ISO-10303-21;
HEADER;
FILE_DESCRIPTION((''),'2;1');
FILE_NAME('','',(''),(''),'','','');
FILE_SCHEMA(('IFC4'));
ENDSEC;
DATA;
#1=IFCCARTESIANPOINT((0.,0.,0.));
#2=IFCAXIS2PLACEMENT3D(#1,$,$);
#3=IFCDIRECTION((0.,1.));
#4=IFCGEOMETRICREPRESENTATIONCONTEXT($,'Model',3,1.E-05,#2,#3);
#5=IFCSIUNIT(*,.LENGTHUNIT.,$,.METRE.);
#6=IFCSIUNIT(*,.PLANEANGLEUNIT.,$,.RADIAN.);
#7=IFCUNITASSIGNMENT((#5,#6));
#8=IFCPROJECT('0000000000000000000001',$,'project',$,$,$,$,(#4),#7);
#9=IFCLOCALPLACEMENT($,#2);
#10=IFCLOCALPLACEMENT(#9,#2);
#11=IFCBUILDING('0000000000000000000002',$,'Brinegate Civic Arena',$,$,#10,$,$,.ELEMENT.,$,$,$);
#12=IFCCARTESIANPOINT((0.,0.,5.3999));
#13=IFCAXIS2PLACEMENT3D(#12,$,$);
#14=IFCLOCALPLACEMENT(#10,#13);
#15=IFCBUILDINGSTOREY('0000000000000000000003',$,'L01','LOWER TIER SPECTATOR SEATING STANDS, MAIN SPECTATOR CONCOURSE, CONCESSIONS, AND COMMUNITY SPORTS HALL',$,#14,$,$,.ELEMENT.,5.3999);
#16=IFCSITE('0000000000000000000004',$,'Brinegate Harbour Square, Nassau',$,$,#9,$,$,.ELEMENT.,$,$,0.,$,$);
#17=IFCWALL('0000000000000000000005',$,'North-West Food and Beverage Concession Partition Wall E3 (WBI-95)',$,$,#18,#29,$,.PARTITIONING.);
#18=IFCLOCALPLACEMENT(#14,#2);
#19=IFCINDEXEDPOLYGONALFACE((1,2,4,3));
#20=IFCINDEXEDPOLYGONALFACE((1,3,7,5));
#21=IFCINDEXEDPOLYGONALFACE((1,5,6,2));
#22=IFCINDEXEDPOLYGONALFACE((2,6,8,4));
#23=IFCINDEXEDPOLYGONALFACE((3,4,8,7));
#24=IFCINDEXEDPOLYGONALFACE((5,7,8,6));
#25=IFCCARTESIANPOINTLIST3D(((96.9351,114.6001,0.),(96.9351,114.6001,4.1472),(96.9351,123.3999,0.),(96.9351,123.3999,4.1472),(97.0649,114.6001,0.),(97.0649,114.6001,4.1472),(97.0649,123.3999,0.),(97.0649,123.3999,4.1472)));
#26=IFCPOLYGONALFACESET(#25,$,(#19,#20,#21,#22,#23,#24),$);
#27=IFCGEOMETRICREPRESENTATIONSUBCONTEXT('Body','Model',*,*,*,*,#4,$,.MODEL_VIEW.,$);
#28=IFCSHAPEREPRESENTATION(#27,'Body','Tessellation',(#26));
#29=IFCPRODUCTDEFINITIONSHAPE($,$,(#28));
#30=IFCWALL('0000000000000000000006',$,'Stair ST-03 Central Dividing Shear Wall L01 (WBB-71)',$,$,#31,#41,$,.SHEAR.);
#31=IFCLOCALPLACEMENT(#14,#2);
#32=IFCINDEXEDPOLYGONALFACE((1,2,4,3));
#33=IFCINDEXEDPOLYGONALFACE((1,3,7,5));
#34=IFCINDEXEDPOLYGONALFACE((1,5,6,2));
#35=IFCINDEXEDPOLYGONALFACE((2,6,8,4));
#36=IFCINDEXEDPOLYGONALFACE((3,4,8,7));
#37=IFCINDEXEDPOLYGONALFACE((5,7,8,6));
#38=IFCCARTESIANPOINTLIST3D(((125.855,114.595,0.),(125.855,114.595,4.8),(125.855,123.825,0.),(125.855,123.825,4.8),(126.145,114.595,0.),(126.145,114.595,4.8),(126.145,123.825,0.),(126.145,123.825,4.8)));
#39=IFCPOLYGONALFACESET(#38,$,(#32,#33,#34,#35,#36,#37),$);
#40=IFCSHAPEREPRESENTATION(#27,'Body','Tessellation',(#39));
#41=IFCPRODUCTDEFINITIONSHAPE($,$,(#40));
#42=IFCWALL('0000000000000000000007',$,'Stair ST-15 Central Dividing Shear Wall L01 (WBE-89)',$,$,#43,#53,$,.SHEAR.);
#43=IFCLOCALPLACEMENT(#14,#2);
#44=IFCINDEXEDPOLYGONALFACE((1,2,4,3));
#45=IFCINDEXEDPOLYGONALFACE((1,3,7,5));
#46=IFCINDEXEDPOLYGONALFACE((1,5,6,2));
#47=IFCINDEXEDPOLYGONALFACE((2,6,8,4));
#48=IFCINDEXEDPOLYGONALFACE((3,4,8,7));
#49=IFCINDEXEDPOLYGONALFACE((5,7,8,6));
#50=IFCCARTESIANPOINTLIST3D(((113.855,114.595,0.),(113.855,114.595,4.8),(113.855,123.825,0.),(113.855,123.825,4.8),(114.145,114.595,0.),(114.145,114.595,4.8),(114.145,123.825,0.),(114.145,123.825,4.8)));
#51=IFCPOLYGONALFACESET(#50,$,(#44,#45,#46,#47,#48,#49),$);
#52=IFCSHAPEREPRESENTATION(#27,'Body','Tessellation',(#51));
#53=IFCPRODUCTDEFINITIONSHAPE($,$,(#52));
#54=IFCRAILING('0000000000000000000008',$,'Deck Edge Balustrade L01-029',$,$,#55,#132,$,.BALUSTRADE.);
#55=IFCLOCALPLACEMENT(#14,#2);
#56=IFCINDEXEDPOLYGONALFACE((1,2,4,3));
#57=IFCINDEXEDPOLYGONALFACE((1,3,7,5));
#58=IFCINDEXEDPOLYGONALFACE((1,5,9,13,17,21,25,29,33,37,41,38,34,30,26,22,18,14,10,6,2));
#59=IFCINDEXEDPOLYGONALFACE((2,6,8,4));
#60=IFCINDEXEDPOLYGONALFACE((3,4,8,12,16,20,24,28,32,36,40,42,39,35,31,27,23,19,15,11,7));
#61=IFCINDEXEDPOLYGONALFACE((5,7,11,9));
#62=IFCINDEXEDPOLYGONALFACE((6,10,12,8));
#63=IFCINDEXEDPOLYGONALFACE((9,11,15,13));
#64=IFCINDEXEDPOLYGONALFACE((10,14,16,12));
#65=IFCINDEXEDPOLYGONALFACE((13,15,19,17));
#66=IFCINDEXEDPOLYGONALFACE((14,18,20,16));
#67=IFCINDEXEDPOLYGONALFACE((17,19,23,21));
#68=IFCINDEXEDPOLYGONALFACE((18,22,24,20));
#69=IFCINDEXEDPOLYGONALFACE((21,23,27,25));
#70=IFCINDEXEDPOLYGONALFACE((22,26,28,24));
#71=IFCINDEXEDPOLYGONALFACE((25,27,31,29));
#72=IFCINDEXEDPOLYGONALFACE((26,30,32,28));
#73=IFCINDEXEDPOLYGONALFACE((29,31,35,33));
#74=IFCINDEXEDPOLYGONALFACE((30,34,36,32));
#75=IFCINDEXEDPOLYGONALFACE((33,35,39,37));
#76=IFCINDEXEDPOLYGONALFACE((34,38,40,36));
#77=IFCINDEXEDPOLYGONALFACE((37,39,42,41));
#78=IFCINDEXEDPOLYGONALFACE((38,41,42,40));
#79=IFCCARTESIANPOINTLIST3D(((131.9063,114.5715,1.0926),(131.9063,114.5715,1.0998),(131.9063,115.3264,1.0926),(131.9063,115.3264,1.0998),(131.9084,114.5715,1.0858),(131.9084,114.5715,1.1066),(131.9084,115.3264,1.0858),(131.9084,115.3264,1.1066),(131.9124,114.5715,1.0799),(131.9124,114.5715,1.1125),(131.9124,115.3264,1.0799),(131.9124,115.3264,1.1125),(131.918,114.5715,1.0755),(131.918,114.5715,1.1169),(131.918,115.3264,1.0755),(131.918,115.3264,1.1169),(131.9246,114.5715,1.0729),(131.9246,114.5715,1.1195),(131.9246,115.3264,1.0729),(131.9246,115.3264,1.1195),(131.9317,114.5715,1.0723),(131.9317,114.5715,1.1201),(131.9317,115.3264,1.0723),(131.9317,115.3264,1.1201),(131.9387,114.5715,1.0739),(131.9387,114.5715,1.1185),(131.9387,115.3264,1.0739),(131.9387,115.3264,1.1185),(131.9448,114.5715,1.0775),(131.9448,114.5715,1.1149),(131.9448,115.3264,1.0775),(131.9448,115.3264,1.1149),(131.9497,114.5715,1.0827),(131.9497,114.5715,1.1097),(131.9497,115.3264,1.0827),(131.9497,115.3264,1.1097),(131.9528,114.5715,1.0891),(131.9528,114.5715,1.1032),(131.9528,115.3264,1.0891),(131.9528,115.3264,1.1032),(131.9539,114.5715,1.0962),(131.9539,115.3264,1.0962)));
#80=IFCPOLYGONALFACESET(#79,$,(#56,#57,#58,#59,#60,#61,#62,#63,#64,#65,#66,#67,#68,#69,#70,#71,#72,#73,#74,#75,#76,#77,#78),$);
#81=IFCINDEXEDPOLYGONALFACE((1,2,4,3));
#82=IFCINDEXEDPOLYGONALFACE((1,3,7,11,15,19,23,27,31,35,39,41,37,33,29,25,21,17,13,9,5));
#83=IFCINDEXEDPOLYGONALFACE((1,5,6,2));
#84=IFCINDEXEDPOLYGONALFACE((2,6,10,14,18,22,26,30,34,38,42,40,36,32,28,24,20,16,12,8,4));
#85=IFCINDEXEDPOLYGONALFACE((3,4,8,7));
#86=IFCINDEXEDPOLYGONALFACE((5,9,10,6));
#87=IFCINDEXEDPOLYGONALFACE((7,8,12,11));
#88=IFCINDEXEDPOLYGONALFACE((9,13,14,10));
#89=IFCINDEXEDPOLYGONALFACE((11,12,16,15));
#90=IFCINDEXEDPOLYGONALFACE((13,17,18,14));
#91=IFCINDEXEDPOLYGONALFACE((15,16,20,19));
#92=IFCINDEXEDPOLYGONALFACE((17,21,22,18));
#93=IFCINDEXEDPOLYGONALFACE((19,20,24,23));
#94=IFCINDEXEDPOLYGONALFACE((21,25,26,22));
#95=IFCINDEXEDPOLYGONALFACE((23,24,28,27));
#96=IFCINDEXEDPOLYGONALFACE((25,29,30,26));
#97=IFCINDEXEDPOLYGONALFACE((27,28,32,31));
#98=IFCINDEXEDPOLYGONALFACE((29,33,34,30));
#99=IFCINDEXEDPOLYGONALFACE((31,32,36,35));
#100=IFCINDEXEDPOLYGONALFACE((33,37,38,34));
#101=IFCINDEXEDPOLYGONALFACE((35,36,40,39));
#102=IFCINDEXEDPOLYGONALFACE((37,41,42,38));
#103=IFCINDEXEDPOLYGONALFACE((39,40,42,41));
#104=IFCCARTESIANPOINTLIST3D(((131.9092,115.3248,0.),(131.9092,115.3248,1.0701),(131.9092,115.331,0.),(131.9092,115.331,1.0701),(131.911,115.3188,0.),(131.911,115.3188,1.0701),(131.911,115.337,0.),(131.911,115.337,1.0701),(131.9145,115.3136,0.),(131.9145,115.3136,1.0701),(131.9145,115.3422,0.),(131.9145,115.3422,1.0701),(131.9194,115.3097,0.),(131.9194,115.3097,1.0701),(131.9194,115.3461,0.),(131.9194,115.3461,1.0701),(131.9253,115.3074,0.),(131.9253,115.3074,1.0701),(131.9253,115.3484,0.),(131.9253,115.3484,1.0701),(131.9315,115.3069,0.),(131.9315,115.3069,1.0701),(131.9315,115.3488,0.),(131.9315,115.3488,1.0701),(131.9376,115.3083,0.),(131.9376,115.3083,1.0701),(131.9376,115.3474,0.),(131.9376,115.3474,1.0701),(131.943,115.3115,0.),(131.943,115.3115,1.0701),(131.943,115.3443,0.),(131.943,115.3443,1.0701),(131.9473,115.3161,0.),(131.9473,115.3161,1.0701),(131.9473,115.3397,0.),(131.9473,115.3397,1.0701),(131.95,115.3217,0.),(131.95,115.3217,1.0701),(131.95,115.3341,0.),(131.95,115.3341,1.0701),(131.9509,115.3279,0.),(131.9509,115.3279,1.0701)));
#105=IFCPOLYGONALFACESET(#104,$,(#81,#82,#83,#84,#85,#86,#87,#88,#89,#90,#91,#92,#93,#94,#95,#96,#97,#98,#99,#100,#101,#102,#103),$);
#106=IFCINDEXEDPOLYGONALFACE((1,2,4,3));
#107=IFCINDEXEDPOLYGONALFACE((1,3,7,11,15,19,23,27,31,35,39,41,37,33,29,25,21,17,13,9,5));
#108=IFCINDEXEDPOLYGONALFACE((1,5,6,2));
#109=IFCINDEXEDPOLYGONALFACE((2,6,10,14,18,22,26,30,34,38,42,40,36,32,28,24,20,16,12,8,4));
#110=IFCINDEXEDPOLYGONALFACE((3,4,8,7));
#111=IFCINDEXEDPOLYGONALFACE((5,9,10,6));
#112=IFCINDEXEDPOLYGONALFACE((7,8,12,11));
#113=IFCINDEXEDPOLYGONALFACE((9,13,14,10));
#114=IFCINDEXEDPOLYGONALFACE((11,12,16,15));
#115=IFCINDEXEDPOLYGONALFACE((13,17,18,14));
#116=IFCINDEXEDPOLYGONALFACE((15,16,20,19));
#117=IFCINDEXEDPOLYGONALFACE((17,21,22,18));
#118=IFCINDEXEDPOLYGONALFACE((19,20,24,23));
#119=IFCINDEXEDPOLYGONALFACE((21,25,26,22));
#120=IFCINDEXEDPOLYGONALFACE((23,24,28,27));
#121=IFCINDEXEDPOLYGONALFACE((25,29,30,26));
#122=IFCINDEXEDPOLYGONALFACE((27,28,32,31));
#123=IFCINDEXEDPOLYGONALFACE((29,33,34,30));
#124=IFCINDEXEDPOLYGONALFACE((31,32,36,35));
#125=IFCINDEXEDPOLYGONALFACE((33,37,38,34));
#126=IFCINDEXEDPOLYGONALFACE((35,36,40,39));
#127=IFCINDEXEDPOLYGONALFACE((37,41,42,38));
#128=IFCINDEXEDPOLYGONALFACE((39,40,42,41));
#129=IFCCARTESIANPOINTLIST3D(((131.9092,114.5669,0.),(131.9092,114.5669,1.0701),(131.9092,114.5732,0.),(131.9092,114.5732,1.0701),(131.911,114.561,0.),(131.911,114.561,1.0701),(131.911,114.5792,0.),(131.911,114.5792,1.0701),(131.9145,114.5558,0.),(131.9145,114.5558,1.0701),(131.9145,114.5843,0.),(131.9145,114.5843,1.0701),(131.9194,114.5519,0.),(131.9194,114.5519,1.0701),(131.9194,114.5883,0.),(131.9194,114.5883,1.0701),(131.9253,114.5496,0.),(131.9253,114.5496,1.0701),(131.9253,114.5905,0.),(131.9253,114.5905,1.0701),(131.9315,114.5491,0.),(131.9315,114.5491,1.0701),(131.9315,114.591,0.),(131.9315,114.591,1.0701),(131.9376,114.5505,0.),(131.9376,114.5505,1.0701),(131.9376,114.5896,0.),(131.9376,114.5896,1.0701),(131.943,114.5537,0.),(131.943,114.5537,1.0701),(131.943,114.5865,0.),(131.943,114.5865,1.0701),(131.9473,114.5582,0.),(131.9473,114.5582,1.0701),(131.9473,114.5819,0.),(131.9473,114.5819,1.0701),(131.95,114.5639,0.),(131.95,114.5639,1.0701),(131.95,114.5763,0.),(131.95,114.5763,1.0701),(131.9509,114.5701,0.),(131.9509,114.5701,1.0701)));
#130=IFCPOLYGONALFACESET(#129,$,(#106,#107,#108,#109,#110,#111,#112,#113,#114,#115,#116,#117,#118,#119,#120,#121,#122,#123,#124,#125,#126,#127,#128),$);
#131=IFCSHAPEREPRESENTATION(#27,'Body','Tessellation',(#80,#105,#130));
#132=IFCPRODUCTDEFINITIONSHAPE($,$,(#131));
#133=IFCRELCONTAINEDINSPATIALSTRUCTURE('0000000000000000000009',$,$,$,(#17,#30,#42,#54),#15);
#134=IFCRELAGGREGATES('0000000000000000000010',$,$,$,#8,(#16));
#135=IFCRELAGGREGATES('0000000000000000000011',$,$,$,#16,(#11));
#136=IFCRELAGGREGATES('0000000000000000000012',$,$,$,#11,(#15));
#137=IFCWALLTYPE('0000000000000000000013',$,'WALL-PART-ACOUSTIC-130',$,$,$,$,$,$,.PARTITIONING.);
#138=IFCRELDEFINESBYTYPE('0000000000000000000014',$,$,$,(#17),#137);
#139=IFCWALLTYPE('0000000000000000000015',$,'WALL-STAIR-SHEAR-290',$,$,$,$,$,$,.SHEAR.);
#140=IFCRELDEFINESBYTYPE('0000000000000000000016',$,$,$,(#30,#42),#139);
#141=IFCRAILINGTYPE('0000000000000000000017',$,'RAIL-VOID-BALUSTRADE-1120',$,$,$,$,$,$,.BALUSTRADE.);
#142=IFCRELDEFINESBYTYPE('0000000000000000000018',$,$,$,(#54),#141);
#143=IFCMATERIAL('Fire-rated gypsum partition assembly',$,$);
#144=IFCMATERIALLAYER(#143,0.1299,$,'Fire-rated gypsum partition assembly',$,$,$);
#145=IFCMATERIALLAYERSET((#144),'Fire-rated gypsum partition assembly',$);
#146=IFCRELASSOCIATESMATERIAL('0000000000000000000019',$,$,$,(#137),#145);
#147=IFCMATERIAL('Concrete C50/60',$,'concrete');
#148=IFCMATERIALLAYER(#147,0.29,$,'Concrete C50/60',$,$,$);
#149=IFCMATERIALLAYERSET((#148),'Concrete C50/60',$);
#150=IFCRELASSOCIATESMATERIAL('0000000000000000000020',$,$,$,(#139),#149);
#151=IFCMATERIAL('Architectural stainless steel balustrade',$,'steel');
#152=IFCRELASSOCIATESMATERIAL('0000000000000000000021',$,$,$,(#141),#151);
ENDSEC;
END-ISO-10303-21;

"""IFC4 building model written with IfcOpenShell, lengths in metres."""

from ifc_helpers import new_model, si_unit, direction, frame, frame_2d, origin, origin_2d, place, context, subcontext, project, spatial, rectangle, circle, extrude, material, layer, layer_set, type_object, element, save


model = new_model("IFC4")

# Units and contexts
model_context = context("Model", 3, precision=1e-05, world=origin(), true_north=direction((0.0, 1.0)))
body_context = subcontext(model_context, "Body", "Model", "MODEL_VIEW")
ifc_project = project(units=[si_unit("LENGTHUNIT", "METRE"), si_unit("PLANEANGLEUNIT", "RADIAN")], contexts=[model_context])

# Site, building, storey
site_placement = place(None, origin())
site = spatial("IfcSite", under=ifc_project, at=site_placement, Name="Brinegate Harbour Square, Nassau", CompositionType="ELEMENT", RefElevation=0.0)
building_placement = place(site_placement, origin())
building = spatial("IfcBuilding", under=site, at=building_placement, Name="Brinegate Civic Arena", CompositionType="ELEMENT")
storey_placement = place(building_placement, frame((0.0, 0.0, 5.3999)))
storey = spatial("IfcBuildingStorey", under=building, at=storey_placement, Name="L01", Description="LOWER TIER SPECTATOR SEATING STANDS, MAIN SPECTATOR CONCOURSE, CONCESSIONS, AND COMMUNITY SPORTS HALL", CompositionType="ELEMENT", Elevation=5.3999)

# Shared definitions
ifc_material_1 = material(Name="Concrete C50/60", Category="concrete")

# Shared definitions
ifc_material_2 = material(Name="Fire-rated gypsum partition assembly")
ifc_layer_1 = layer(ifc_material_2, 0.1299, Name="Fire-rated gypsum partition assembly")
ifc_layer_set_1 = layer_set([ifc_layer_1], Name="Fire-rated gypsum partition assembly")
wall_type_1 = type_object("IfcWallType", Name="WALL-PART-ACOUSTIC-130", PredefinedType="PARTITIONING", material=ifc_layer_set_1)

# Walls
wall_1_placement = place(storey_placement, frame((97.0, 114.6001, 0.0), z_axis=(0.0, 0.0, 1.0), x_axis=(0.0, 1.0, 0.0)))
element("IfcWall", 1, at=wall_1_placement, inside=storey, type_object=wall_type_1, Name="North-West Food and Beverage Concession Partition Wall E3 (WBI-95)", PredefinedType="PARTITIONING", context=body_context, shape_type="SweptSolid", body=[
    extrude(rectangle(XDim=8.7998, YDim=0.1299, at=frame_2d((4.3999, 0.0))), origin(), (0.0, 0.0, 1.0), 4.1472),
])
ifc_layer_2 = layer(ifc_material_1, 0.29, Name="Concrete C50/60")
ifc_layer_set_2 = layer_set([ifc_layer_2], Name="Concrete C50/60")
wall_type_2 = type_object("IfcWallType", Name="WALL-STAIR-SHEAR-290", PredefinedType="SHEAR", material=ifc_layer_set_2)
for number, where, z_axis, x_axis, name in (
    (2, (126.0, 114.595, 0.0), (0.0, 0.0, 1.0), (0.0, 1.0, 0.0), "Stair ST-03 Central Dividing Shear Wall L01 (WBB-71)"),
    (3, (114.0, 114.595, 0.0), (0.0, 0.0, 1.0), (0.0, 1.0, 0.0), "Stair ST-15 Central Dividing Shear Wall L01 (WBE-89)"),
):
    element("IfcWall", number, at=place(storey_placement, frame(where, z_axis=z_axis, x_axis=x_axis)), inside=storey, type_object=wall_type_2, Name=name, PredefinedType="SHEAR", context=body_context, shape_type="SweptSolid", body=[
        extrude(rectangle(XDim=9.23, YDim=0.29, at=frame_2d((4.615, 0.0))), origin(), (0.0, 0.0, 1.0), 4.8),
    ])

# Railing
ifc_material_3 = material(Name="Architectural stainless steel balustrade", Category="steel")
railing_type = type_object("IfcRailingType", Name="RAIL-VOID-BALUSTRADE-1120", PredefinedType="BALUSTRADE", material=ifc_material_3)
railing_1_placement = place(storey_placement, frame((131.9299, 115.3279, 0.0)))
element("IfcRailing", 4, at=railing_1_placement, inside=storey, type_object=railing_type, Name="Deck Edge Balustrade L01-029", PredefinedType="BALUSTRADE", context=body_context, shape_type="SweptSolid", body=[
    extrude(circle(Radius=0.0239, at=origin_2d()), frame((0.0, -0.0015, 1.0962), z_axis=(0.0, -1.0, 0.0), x_axis=(1.0, 0.0, 0.0)), (0.0, 0.0, 1.0), 0.7549),
    extrude(circle(Radius=0.021, at=origin_2d()), origin(), (0.0, 0.0, 1.0), 1.0701),
    extrude(circle(Radius=0.021, at=origin_2d()), frame((0.0, -0.7578, 0.0)), (0.0, 0.0, 1.0), 1.0701),
])

save(model, "model.ifc")
